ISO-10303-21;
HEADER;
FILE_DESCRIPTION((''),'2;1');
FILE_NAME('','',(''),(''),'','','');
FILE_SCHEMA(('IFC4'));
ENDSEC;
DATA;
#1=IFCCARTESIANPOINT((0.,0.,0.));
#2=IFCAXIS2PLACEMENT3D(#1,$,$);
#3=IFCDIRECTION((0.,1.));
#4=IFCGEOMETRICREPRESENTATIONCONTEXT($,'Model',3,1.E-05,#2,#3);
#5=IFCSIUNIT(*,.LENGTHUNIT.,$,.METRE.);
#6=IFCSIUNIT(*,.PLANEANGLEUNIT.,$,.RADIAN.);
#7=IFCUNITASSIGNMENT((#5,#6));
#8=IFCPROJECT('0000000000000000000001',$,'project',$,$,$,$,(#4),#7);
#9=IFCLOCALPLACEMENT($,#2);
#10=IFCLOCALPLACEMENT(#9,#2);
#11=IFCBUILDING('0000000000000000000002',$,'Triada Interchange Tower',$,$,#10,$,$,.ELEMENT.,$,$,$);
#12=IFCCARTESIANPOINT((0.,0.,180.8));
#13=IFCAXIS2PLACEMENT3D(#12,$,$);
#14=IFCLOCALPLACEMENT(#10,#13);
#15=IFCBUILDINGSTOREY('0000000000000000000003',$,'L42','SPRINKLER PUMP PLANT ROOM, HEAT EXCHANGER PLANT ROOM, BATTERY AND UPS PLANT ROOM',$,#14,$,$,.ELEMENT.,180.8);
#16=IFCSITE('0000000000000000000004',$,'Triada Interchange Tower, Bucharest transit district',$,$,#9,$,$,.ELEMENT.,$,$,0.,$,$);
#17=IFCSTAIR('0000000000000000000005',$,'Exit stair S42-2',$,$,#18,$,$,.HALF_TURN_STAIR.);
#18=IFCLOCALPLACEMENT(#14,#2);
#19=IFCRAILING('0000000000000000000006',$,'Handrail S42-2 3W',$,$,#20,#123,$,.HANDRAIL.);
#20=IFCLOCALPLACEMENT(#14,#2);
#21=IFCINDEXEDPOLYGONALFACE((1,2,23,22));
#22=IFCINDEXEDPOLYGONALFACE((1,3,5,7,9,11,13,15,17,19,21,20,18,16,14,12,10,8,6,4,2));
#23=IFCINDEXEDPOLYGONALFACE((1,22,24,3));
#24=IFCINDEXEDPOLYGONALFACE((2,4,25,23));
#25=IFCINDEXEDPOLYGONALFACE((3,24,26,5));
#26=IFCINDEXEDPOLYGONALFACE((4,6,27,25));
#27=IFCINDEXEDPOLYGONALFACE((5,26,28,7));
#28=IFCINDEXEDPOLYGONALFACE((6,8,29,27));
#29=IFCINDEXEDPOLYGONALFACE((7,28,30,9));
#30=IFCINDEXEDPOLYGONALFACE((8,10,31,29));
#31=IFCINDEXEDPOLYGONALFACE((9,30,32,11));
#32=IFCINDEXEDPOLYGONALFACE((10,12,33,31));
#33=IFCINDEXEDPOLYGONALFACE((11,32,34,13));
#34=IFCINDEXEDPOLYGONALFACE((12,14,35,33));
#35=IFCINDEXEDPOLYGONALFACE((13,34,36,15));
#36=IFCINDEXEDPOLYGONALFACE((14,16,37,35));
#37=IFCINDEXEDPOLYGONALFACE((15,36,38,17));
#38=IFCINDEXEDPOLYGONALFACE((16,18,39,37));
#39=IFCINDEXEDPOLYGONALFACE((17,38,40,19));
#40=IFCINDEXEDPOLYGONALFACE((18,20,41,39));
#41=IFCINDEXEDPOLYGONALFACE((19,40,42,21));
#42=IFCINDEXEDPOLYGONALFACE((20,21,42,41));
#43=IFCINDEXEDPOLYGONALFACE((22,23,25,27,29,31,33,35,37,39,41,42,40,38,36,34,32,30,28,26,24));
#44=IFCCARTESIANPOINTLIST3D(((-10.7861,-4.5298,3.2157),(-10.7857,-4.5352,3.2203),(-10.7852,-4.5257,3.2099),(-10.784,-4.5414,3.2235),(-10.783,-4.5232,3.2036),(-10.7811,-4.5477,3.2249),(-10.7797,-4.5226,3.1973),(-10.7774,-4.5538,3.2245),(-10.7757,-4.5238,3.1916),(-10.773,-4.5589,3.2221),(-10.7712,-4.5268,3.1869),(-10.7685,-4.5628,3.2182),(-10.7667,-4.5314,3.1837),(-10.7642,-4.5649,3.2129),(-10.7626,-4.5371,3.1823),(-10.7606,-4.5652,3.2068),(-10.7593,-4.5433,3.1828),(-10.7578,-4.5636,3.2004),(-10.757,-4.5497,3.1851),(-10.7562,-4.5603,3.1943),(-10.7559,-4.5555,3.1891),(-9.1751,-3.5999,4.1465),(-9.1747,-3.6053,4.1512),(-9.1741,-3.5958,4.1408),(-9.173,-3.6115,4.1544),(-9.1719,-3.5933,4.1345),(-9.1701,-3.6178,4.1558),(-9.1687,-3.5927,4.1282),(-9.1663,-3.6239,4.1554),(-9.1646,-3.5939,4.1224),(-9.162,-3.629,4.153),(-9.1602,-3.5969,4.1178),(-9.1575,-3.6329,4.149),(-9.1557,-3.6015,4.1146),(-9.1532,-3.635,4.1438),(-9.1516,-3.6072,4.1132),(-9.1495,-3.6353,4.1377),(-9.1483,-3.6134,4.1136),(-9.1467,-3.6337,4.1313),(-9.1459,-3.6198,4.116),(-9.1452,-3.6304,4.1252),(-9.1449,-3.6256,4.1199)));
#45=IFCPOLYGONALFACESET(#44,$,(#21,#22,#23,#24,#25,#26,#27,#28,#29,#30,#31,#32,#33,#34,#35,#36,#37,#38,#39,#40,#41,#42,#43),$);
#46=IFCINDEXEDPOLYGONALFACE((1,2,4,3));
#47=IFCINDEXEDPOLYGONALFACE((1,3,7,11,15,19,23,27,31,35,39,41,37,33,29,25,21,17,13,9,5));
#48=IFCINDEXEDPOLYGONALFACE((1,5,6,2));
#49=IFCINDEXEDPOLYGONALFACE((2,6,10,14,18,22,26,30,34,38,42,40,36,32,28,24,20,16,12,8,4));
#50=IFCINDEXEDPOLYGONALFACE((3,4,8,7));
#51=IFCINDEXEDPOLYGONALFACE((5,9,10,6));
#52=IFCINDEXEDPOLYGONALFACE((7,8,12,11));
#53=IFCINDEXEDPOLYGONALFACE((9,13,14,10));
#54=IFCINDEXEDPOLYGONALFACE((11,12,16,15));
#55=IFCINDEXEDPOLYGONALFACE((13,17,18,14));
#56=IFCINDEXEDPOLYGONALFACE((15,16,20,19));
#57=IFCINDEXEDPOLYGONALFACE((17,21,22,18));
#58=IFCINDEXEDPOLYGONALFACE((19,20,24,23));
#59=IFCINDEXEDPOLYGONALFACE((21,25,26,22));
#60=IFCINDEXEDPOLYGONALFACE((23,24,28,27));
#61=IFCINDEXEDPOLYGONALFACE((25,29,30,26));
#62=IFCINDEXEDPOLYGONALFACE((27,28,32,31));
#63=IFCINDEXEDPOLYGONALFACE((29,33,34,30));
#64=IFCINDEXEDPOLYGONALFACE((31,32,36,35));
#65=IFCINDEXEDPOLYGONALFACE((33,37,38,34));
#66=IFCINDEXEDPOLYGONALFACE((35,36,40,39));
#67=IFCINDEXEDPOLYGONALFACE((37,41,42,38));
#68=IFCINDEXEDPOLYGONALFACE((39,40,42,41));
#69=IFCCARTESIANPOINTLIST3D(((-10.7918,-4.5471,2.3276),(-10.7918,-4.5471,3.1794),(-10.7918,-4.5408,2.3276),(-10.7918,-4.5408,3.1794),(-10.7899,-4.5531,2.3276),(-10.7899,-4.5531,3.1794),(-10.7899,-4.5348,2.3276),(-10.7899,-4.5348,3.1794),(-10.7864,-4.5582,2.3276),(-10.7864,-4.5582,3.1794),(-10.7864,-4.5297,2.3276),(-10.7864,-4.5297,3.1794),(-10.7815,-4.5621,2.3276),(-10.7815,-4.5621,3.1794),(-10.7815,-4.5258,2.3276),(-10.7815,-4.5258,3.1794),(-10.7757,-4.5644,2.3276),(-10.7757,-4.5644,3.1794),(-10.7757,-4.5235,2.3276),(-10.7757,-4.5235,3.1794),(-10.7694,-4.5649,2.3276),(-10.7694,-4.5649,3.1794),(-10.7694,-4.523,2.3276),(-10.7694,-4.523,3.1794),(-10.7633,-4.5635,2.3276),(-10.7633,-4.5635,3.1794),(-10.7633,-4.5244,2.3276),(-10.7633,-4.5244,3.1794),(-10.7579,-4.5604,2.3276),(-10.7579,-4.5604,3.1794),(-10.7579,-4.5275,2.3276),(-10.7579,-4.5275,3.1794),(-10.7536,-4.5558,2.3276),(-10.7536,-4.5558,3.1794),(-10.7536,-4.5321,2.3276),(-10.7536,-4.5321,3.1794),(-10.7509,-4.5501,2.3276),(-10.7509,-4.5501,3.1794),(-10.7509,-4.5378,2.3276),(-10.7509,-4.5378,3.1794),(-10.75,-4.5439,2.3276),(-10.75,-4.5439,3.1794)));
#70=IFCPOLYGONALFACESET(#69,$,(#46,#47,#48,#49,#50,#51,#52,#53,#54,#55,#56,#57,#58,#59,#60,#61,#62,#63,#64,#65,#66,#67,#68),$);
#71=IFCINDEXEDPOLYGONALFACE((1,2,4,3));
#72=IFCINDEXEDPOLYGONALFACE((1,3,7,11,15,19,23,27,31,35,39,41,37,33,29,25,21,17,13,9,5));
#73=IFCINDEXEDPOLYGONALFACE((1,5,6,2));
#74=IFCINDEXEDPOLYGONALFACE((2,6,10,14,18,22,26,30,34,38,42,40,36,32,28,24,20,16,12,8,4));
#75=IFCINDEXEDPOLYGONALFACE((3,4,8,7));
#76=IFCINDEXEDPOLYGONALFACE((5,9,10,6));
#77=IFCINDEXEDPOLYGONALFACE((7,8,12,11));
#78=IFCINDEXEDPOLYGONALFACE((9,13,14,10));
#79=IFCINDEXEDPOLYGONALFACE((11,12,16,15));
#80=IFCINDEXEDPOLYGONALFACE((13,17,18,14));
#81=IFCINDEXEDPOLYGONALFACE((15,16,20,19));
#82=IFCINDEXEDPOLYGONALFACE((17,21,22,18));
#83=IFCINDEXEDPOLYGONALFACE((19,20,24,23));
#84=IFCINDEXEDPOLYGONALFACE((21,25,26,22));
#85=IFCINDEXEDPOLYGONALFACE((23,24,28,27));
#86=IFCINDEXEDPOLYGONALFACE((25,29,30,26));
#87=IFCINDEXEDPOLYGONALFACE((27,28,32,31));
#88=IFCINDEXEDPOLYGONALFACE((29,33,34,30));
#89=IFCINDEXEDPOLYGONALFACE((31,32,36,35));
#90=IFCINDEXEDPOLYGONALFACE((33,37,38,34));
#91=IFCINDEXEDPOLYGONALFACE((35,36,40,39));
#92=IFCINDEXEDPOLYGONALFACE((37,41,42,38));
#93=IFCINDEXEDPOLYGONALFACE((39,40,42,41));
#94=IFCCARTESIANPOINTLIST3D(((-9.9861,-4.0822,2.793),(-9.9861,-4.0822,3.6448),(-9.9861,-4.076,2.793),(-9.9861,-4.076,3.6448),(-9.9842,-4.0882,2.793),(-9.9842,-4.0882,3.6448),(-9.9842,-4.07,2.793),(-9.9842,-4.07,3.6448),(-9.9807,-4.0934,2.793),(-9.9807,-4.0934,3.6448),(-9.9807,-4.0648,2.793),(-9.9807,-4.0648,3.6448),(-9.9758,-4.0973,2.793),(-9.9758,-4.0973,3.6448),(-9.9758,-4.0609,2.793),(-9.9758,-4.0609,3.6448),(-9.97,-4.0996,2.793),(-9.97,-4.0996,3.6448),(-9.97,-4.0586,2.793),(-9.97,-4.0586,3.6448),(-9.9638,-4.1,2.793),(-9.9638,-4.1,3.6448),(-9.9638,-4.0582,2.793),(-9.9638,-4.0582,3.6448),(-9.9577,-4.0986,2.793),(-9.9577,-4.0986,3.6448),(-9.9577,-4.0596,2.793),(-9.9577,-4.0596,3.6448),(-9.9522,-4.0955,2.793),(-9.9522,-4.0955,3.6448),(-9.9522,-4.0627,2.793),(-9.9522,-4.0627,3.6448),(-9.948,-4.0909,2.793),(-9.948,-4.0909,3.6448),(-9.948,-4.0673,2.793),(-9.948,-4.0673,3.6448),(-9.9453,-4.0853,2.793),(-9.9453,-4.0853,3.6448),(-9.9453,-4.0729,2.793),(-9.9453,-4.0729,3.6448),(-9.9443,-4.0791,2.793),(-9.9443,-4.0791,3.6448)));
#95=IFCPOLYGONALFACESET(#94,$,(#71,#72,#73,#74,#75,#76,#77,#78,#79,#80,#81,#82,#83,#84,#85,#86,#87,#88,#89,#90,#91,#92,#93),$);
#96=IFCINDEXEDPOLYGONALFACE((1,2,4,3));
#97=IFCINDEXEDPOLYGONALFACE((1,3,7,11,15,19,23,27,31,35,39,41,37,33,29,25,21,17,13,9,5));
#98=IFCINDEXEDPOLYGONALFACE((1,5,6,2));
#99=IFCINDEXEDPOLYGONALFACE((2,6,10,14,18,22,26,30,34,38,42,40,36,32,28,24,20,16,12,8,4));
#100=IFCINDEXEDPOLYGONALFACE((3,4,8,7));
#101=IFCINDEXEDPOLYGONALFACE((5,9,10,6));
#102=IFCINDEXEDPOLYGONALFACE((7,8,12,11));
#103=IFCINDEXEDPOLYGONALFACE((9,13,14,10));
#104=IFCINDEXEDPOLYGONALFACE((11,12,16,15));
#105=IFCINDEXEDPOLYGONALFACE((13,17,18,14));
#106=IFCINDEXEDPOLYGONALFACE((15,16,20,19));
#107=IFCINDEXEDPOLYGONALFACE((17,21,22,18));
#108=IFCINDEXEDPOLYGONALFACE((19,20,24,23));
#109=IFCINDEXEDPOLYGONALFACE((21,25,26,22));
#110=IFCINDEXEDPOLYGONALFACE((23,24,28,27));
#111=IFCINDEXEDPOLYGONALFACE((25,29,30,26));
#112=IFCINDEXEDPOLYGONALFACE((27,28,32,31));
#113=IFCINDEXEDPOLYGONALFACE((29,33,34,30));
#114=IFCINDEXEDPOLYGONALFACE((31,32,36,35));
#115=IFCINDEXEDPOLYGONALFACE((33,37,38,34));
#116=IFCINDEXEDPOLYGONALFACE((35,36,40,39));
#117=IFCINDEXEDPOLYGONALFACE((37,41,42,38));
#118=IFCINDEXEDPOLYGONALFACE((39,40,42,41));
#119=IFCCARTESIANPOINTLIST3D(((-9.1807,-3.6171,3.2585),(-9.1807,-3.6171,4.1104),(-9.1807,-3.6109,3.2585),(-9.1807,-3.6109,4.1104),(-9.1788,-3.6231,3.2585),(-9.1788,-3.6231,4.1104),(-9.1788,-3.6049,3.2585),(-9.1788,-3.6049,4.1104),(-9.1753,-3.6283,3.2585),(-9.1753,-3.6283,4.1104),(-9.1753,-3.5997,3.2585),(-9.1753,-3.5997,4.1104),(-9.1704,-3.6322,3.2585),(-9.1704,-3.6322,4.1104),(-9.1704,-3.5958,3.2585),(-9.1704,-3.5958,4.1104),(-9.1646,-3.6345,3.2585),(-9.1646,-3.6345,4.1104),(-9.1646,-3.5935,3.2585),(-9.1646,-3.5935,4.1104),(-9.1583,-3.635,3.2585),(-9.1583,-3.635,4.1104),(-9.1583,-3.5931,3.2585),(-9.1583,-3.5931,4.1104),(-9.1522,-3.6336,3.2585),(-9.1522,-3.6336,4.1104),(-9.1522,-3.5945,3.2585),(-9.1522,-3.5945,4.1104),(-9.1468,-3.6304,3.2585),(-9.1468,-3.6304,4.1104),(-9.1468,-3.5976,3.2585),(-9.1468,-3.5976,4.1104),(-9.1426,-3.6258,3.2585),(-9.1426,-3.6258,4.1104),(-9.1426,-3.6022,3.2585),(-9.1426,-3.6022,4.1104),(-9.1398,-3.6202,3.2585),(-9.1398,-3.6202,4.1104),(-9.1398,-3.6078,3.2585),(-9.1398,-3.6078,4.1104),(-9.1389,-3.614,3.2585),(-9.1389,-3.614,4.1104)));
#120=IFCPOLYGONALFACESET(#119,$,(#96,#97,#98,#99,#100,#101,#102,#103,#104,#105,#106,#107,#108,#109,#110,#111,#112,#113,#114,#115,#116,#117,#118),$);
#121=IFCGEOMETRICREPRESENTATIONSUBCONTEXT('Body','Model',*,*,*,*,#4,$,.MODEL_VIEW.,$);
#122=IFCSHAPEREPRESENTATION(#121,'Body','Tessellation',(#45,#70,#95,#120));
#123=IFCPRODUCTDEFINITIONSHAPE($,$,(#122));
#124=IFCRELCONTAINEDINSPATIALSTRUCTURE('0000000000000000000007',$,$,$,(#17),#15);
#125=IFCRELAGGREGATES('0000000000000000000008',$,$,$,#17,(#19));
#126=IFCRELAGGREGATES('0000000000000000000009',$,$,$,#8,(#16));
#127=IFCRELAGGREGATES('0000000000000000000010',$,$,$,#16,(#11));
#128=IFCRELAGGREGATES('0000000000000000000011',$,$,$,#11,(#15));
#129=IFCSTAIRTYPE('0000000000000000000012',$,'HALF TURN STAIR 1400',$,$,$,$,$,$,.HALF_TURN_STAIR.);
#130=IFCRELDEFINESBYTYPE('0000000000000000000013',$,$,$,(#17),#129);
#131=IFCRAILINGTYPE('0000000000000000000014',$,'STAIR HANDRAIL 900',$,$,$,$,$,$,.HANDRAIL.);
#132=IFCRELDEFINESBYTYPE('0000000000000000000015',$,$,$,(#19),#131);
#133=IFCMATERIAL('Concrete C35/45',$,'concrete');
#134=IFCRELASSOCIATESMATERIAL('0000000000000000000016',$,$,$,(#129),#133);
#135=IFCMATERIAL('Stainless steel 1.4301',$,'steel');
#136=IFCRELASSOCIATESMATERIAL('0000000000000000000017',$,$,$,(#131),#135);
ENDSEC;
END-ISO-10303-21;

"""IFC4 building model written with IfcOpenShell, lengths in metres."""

from ifc_helpers import new_model, si_unit, direction, frame, origin, origin_2d, place, context, subcontext, project, spatial, circle, extrude, material, type_object, element, aggregate, save


model = new_model("IFC4")

# Units and contexts
model_context = context("Model", 3, precision=1e-05, world=origin(), true_north=direction((0.0, 1.0)))
body_context = subcontext(model_context, "Body", "Model", "MODEL_VIEW")
ifc_project = project(units=[si_unit("LENGTHUNIT", "METRE"), si_unit("PLANEANGLEUNIT", "RADIAN")], contexts=[model_context])

# Site, building, storey
site_placement = place(None, origin())
site = spatial("IfcSite", under=ifc_project, at=site_placement, Name="Triada Interchange Tower, Bucharest transit district", CompositionType="ELEMENT", RefElevation=0.0)
building_placement = place(site_placement, origin())
building = spatial("IfcBuilding", under=site, at=building_placement, Name="Triada Interchange Tower", CompositionType="ELEMENT")
storey_placement = place(building_placement, frame((0.0, 0.0, 180.8)))
storey = spatial("IfcBuildingStorey", under=building, at=storey_placement, Name="L42", Description="SPRINKLER PUMP PLANT ROOM, HEAT EXCHANGER PLANT ROOM, BATTERY AND UPS PLANT ROOM", CompositionType="ELEMENT", Elevation=180.8)

# Shared definitions
ifc_material_1 = material(Name="Concrete C35/45", Category="concrete")

# Stair, railing
stair_type = type_object("IfcStairType", Name="HALF TURN STAIR 1400", PredefinedType="HALF_TURN_STAIR", material=ifc_material_1)
stair_placement = place(storey_placement, origin())
stair = element("IfcStair", 1, at=stair_placement, inside=storey, type_object=stair_type, Name="Exit stair S42-2", PredefinedType="HALF_TURN_STAIR")
ifc_material_2 = material(Name="Stainless steel 1.4301", Category="steel")
railing_type_1 = type_object("IfcRailingType", Name="STAIR HANDRAIL 900", PredefinedType="HANDRAIL", material=ifc_material_2)
railing_1_placement = place(storey_placement, frame((-10.771, -4.5439, 2.3276)))
railing_1 = element("IfcRailing", 2, at=railing_1_placement, type_object=railing_type_1, Name="Handrail S42-2 3W", PredefinedType="HANDRAIL", context=body_context, shape_type="SweptSolid", body=[
    extrude(circle(Radius=0.0239, at=origin_2d()), frame((0.0, 0.0, 0.876), z_axis=(0.77451, 0.447054, 0.447523), x_axis=(-0.499908, 0.866079, 0.0)), (0.0, 0.0, 1.0), 2.0801),
    extrude(circle(Radius=0.021, at=origin_2d()), origin(), (0.0, 0.0, 1.0), 0.8518),
    extrude(circle(Radius=0.021, at=origin_2d()), frame((0.8057, 0.4648, 0.4653)), (0.0, 0.0, 1.0), 0.8518),
    extrude(circle(Radius=0.021, at=origin_2d()), frame((1.6111, 0.9299, 0.9309)), (0.0, 0.0, 1.0), 0.8518),
])
aggregate(stair, [railing_1])

save(model, "model.ifc")
